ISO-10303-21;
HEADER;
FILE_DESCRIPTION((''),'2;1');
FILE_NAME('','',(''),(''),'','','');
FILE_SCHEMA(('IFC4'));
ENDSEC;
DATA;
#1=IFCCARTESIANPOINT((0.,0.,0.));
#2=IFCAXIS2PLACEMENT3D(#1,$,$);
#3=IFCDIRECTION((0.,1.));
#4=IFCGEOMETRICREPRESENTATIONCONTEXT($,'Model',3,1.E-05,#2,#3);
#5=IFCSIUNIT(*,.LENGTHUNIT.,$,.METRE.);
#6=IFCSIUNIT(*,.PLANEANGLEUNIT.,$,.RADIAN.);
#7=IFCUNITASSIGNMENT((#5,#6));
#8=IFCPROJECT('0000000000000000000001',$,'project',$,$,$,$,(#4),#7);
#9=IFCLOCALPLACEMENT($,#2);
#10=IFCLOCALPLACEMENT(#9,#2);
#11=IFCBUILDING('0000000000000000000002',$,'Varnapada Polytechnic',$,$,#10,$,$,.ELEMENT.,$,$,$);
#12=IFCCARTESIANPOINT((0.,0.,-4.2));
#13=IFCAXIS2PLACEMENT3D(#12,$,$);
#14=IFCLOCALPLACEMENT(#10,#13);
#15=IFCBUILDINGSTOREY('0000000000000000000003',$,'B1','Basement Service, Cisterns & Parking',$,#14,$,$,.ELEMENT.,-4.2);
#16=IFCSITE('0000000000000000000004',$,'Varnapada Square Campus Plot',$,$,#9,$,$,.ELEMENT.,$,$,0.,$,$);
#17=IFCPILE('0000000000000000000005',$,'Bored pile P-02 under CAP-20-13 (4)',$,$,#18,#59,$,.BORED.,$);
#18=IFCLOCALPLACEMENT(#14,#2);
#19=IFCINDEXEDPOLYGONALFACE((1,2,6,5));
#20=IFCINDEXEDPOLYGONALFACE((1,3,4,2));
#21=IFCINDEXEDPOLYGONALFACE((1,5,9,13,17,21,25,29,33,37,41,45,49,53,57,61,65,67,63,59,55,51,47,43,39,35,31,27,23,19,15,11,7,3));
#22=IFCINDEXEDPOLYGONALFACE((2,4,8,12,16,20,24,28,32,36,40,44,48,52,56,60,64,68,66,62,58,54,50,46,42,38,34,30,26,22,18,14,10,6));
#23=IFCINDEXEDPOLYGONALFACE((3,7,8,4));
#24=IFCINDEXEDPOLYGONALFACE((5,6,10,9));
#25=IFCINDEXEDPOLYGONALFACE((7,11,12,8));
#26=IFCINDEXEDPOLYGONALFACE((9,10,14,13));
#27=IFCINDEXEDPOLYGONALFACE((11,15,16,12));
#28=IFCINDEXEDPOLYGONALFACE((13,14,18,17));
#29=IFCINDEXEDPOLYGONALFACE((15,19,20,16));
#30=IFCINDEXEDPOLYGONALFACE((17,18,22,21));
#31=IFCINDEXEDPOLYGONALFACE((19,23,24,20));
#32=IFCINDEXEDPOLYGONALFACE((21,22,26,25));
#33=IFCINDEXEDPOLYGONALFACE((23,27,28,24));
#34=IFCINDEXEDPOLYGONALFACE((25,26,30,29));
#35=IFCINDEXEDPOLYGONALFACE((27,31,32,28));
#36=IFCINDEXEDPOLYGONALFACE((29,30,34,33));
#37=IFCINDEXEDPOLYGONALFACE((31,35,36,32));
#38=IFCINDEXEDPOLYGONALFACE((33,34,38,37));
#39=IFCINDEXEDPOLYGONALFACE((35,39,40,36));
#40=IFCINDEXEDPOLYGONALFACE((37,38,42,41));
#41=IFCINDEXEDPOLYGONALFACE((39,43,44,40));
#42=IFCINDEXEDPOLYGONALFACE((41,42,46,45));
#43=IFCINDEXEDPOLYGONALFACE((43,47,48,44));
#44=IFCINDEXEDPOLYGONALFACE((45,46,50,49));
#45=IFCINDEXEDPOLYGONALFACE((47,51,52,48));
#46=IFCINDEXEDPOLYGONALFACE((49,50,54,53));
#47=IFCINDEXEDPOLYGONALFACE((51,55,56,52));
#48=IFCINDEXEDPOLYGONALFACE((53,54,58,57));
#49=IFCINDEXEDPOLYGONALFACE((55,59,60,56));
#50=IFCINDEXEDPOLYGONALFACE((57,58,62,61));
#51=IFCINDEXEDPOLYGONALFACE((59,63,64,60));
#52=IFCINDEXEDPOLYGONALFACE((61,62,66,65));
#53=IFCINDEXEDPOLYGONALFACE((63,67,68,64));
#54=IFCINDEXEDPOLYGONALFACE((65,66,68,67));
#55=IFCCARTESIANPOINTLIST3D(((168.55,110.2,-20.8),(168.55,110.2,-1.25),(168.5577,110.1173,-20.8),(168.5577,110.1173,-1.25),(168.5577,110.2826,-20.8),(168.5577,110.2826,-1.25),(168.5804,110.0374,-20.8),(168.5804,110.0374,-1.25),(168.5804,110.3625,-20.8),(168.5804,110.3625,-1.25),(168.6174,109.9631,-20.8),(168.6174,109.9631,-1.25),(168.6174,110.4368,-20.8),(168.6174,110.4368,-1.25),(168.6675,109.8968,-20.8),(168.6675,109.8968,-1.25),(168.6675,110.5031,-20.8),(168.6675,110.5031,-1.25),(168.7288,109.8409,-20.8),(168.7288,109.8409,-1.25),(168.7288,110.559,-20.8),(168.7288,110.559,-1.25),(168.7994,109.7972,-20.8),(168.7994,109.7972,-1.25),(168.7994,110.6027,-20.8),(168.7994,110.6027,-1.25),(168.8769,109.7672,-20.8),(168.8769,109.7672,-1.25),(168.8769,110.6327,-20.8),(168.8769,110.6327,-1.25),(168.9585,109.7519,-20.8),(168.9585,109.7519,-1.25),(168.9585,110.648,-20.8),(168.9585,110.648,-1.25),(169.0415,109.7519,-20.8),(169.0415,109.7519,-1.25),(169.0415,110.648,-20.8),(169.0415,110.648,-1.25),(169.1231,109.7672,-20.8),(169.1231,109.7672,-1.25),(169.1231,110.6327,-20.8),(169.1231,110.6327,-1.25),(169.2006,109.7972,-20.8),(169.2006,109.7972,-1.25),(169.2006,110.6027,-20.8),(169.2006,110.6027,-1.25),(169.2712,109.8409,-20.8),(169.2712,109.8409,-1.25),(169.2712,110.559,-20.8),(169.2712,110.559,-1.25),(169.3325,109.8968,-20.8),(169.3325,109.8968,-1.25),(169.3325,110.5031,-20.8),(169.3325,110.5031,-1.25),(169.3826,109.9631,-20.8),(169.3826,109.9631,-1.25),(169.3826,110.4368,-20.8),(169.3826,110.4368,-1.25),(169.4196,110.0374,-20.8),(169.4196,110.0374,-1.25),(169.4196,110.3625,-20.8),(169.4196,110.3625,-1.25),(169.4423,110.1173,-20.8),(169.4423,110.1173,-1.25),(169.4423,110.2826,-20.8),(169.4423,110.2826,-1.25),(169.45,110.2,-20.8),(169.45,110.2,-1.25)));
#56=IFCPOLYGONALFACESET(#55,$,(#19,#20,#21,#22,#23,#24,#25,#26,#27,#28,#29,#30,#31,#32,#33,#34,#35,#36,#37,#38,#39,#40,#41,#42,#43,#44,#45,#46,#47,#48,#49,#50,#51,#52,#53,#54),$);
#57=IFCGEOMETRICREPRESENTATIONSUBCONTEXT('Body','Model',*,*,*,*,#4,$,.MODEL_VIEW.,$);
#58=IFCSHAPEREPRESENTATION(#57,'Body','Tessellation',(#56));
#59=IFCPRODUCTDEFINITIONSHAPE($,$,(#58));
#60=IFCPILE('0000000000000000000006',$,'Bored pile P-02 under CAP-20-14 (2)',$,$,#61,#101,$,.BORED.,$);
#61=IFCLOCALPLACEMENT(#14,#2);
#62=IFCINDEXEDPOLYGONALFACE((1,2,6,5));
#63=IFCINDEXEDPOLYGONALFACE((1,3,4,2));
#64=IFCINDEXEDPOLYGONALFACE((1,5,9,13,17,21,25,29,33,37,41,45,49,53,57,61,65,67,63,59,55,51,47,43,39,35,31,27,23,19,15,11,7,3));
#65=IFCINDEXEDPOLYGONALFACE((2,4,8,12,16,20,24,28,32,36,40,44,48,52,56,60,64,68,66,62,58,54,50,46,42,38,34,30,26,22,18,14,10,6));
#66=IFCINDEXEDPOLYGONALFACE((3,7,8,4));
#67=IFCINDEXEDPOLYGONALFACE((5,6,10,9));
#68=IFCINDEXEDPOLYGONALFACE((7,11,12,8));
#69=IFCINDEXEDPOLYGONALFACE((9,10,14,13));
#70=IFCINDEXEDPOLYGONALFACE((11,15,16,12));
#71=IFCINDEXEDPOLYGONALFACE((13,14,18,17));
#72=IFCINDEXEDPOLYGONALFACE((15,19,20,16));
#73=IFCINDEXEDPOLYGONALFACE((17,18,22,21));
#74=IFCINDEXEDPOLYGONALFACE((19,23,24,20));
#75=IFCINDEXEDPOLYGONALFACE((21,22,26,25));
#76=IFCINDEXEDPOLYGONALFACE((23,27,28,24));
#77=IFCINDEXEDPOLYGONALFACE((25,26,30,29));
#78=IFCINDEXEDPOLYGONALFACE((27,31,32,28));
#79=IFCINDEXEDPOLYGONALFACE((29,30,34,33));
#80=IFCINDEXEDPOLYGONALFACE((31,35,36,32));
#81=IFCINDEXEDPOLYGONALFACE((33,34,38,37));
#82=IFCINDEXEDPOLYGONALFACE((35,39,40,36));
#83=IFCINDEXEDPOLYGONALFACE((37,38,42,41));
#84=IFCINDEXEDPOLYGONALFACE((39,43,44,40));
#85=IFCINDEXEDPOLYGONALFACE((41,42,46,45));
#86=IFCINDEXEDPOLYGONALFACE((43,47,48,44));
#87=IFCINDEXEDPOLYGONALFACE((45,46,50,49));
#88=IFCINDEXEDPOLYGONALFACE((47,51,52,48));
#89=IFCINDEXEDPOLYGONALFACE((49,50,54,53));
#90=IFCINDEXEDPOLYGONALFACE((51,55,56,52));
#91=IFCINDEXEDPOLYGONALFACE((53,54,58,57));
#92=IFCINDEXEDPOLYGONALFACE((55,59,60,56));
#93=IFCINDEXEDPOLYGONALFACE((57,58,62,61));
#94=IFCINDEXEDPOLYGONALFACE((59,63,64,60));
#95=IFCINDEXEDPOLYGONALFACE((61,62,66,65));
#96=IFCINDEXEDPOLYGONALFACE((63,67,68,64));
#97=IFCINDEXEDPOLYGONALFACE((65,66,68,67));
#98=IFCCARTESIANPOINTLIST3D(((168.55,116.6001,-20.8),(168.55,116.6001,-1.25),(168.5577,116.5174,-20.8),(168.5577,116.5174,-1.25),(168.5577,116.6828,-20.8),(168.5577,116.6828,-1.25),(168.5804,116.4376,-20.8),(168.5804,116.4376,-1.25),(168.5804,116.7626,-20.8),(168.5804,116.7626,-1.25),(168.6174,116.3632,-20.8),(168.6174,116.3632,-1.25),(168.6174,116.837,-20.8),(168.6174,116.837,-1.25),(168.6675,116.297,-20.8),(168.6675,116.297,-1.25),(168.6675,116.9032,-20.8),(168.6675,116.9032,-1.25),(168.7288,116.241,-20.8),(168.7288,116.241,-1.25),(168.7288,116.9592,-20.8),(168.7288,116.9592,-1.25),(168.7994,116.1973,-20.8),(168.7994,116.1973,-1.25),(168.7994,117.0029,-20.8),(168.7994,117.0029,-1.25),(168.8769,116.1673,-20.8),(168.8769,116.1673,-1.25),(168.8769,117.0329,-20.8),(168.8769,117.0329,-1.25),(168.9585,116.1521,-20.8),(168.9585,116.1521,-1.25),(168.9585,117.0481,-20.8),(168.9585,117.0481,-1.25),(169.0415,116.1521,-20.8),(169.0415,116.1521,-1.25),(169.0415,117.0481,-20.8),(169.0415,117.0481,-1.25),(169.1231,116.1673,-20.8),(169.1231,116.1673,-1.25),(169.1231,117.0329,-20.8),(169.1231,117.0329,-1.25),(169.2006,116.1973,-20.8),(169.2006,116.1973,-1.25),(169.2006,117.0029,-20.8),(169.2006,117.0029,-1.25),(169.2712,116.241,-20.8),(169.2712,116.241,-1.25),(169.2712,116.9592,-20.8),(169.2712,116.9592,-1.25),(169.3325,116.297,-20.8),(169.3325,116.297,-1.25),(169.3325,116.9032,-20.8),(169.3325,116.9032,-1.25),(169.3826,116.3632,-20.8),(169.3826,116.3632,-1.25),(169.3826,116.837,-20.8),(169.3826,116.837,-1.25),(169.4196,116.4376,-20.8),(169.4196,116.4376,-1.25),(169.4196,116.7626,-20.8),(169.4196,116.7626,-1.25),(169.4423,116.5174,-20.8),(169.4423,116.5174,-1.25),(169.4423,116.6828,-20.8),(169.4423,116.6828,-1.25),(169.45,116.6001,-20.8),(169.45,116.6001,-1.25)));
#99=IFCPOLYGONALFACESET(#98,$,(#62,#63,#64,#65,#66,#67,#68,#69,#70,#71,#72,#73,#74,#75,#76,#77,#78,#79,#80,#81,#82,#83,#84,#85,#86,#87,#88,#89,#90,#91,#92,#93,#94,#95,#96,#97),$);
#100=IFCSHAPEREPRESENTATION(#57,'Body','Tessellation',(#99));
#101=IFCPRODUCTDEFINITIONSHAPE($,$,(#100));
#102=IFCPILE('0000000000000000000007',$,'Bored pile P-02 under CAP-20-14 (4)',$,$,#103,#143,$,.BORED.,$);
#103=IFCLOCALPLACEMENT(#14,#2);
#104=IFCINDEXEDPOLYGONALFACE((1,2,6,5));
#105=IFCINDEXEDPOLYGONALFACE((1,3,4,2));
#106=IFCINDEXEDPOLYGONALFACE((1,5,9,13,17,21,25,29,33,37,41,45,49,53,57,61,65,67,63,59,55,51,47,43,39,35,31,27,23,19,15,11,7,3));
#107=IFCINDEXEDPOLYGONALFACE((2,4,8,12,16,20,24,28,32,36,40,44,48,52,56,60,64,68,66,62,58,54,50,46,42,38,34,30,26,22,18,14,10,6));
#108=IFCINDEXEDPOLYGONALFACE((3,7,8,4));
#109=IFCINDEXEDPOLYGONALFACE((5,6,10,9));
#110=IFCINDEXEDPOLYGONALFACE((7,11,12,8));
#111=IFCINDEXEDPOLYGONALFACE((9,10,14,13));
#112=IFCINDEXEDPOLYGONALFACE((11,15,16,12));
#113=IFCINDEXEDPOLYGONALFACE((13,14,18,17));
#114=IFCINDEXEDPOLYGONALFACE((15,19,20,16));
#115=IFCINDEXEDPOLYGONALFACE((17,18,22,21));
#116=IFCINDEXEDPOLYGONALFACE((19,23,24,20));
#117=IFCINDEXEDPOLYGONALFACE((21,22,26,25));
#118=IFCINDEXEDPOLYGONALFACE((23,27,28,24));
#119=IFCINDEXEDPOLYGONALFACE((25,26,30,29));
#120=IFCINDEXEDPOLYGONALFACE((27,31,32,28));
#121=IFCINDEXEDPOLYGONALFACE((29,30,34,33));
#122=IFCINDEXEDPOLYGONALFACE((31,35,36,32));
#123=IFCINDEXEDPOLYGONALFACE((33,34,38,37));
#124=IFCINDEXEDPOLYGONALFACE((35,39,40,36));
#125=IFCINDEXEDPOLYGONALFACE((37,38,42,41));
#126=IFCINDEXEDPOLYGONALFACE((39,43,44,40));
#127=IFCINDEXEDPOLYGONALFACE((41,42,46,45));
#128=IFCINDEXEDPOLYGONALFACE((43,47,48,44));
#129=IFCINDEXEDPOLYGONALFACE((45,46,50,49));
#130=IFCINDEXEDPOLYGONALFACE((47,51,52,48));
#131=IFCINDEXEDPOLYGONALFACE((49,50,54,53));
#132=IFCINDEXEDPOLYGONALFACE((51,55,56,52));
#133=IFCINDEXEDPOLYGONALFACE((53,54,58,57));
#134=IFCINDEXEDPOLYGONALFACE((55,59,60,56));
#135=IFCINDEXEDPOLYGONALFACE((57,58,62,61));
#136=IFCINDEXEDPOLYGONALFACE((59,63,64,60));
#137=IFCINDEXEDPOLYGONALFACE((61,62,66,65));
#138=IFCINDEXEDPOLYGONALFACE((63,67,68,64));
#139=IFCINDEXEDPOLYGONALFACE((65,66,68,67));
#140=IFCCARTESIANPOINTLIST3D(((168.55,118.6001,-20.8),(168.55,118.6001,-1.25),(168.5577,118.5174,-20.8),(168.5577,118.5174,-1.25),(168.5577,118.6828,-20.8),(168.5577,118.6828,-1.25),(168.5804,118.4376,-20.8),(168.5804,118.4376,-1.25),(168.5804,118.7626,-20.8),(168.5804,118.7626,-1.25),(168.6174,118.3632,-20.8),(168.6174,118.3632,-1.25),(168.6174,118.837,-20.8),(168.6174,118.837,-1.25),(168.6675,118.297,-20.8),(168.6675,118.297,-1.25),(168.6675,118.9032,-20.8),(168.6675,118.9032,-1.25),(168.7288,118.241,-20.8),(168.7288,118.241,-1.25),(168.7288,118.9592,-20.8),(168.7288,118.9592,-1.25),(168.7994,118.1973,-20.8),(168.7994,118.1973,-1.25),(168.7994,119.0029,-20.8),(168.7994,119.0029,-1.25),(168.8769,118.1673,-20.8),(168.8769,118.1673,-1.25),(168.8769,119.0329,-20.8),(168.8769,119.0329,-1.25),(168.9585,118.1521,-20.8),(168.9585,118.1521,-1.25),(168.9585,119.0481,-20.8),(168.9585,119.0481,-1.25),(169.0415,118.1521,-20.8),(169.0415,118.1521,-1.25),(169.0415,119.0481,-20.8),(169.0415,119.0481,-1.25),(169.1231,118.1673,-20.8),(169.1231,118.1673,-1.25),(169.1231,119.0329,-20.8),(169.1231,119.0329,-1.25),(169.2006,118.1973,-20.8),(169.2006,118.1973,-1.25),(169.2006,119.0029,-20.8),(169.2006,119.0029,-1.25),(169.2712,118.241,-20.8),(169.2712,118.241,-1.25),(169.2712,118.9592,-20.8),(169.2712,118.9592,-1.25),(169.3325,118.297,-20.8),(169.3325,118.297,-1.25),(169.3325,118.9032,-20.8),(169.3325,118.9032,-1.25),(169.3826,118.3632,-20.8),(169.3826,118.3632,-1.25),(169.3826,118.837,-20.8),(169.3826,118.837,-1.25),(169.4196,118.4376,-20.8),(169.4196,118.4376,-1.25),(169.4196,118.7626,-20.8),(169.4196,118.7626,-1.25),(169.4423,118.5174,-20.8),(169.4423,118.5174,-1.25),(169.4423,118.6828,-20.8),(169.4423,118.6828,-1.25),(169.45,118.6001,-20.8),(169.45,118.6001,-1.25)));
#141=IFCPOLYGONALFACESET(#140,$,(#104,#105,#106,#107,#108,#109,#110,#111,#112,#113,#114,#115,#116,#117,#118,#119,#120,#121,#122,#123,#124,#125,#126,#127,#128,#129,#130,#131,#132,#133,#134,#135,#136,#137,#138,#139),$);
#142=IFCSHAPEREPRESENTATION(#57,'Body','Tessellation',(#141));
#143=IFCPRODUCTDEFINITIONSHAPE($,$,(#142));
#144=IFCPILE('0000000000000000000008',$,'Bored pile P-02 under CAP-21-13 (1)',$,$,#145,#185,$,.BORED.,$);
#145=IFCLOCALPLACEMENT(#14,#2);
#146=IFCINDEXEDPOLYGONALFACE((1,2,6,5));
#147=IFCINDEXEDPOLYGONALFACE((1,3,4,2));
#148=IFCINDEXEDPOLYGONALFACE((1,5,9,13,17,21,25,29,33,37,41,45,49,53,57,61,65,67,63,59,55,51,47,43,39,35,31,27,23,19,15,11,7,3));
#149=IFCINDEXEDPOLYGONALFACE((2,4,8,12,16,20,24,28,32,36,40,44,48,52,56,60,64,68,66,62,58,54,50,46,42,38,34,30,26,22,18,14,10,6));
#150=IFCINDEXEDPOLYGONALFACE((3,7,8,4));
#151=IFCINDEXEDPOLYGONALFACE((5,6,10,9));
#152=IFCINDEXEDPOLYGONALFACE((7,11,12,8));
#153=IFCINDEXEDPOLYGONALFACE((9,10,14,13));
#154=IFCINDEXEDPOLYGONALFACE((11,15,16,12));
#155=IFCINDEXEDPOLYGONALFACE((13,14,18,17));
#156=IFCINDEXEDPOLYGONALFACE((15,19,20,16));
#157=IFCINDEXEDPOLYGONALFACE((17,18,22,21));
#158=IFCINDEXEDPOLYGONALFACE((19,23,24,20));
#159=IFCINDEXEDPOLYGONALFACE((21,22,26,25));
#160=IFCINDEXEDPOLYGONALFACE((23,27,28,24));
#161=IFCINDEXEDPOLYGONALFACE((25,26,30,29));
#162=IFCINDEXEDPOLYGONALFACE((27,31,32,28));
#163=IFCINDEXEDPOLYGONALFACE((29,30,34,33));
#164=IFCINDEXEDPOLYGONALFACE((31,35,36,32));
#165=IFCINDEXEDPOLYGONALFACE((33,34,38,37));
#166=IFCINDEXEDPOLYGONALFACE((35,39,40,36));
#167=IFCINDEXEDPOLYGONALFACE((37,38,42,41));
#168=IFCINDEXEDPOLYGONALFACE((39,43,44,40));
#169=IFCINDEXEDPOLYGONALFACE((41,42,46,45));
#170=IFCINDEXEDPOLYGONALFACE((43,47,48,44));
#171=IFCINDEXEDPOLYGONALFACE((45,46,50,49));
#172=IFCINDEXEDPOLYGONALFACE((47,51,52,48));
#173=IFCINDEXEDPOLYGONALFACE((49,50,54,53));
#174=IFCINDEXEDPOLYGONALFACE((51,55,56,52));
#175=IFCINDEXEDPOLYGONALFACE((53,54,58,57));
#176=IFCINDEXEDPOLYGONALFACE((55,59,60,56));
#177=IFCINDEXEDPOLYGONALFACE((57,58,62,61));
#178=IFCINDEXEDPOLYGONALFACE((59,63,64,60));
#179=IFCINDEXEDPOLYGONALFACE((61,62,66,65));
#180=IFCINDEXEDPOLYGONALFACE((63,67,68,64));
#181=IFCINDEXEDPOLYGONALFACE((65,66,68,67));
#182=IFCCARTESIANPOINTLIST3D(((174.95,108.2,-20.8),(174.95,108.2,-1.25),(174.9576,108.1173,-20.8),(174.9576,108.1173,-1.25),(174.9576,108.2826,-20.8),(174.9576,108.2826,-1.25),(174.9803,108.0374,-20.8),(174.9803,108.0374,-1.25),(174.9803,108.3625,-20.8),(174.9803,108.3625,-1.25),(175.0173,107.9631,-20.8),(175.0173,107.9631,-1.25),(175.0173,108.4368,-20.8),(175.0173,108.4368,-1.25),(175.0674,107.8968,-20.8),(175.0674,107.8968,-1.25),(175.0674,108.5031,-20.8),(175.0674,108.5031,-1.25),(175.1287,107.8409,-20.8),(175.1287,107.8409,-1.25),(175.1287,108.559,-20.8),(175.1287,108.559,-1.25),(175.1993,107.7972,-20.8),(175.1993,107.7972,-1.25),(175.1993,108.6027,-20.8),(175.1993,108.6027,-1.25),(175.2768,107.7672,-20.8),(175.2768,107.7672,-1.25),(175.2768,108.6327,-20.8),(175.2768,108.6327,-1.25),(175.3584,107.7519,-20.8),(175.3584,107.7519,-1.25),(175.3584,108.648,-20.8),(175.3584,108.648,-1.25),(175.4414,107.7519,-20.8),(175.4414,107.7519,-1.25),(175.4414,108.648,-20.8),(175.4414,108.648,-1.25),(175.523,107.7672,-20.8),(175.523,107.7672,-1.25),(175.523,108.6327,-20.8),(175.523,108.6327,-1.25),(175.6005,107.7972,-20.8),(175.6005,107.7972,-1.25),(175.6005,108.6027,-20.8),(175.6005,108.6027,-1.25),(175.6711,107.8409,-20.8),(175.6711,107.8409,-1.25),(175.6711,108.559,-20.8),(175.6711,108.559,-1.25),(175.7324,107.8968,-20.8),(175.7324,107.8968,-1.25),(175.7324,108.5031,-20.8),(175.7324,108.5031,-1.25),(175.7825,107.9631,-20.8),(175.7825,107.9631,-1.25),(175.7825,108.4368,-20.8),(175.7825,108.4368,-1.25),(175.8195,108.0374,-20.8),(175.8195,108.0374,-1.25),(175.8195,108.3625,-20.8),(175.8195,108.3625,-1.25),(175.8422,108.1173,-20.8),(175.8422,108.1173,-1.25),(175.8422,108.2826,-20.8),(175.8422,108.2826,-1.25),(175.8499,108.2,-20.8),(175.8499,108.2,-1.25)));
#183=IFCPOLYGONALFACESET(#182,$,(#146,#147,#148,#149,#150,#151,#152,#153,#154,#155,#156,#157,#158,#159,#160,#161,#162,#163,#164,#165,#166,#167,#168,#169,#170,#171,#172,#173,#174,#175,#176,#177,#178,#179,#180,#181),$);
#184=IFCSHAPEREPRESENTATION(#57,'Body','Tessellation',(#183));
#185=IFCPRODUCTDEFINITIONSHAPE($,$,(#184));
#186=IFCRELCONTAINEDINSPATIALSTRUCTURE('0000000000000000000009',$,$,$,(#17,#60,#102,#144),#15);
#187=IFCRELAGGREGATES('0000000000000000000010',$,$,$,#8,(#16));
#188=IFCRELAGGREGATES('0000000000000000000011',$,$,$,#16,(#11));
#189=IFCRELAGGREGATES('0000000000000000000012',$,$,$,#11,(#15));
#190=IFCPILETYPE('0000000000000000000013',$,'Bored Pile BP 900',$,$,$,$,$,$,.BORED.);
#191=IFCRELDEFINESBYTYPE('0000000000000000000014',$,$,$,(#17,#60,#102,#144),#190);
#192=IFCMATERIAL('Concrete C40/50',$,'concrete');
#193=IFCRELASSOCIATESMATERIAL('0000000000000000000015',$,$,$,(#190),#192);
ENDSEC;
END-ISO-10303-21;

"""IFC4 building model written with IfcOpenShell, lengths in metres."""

from ifc_helpers import new_model, si_unit, direction, frame, origin, origin_2d, place, context, subcontext, project, spatial, circle, extrude, material, material_profile, profile_set, type_object, element, save


model = new_model("IFC4")

# Units and contexts
model_context = context("Model", 3, precision=1e-05, world=origin(), true_north=direction((0.0, 1.0)))
body_context = subcontext(model_context, "Body", "Model", "MODEL_VIEW")
ifc_project = project(units=[si_unit("LENGTHUNIT", "METRE"), si_unit("PLANEANGLEUNIT", "RADIAN")], contexts=[model_context])

# Site, building, storey
site_placement = place(None, origin())
site = spatial("IfcSite", under=ifc_project, at=site_placement, Name="Varnapada Square Campus Plot", CompositionType="ELEMENT", RefElevation=0.0)
building_placement = place(site_placement, origin())
building = spatial("IfcBuilding", under=site, at=building_placement, Name="Varnapada Polytechnic", CompositionType="ELEMENT")
storey_placement = place(building_placement, frame((0.0, 0.0, -4.2)))
storey = spatial("IfcBuildingStorey", under=building, at=storey_placement, Name="B1", Description="Basement Service, Cisterns & Parking", CompositionType="ELEMENT", Elevation=-4.2)

# Piles
ifc_material_1 = material(Name="Concrete C40/50", Category="concrete")
ifc_material_profile_1 = material_profile(ifc_material_1, circle(Radius=0.45, at=origin_2d()), Name="BP 900")
ifc_profile_set_1 = profile_set([ifc_material_profile_1], Name="Concrete C40/50")
pile_type = type_object("IfcPileType", Name="Bored Pile BP 900", PredefinedType="BORED", material=ifc_profile_set_1)
for number, where, z_axis, x_axis, name in (
    (1, (169.0, 110.2, -1.25), (0.0, 0.0, -1.0), (1.0, 0.0, 0.0), "Bored pile P-02 under CAP-20-13 (4)"),
    (2, (169.0, 116.6001, -1.25), (0.0, 0.0, -1.0), (1.0, 0.0, 0.0), "Bored pile P-02 under CAP-20-14 (2)"),
    (3, (169.0, 118.6001, -1.25), (0.0, 0.0, -1.0), (1.0, 0.0, 0.0), "Bored pile P-02 under CAP-20-14 (4)"),
    (4, (175.3999, 108.2, -1.25), (0.0, 0.0, -1.0), (1.0, 0.0, 0.0), "Bored pile P-02 under CAP-21-13 (1)"),
):
    element("IfcPile", number, at=place(storey_placement, frame(where, z_axis=z_axis, x_axis=x_axis)), inside=storey, type_object=pile_type, Name=name, PredefinedType="BORED", context=body_context, shape_type="SweptSolid", body=[
        extrude(circle(Radius=0.45, at=origin_2d()), origin(), (0.0, 0.0, 1.0), 19.55),
    ])

save(model, "model.ifc")
